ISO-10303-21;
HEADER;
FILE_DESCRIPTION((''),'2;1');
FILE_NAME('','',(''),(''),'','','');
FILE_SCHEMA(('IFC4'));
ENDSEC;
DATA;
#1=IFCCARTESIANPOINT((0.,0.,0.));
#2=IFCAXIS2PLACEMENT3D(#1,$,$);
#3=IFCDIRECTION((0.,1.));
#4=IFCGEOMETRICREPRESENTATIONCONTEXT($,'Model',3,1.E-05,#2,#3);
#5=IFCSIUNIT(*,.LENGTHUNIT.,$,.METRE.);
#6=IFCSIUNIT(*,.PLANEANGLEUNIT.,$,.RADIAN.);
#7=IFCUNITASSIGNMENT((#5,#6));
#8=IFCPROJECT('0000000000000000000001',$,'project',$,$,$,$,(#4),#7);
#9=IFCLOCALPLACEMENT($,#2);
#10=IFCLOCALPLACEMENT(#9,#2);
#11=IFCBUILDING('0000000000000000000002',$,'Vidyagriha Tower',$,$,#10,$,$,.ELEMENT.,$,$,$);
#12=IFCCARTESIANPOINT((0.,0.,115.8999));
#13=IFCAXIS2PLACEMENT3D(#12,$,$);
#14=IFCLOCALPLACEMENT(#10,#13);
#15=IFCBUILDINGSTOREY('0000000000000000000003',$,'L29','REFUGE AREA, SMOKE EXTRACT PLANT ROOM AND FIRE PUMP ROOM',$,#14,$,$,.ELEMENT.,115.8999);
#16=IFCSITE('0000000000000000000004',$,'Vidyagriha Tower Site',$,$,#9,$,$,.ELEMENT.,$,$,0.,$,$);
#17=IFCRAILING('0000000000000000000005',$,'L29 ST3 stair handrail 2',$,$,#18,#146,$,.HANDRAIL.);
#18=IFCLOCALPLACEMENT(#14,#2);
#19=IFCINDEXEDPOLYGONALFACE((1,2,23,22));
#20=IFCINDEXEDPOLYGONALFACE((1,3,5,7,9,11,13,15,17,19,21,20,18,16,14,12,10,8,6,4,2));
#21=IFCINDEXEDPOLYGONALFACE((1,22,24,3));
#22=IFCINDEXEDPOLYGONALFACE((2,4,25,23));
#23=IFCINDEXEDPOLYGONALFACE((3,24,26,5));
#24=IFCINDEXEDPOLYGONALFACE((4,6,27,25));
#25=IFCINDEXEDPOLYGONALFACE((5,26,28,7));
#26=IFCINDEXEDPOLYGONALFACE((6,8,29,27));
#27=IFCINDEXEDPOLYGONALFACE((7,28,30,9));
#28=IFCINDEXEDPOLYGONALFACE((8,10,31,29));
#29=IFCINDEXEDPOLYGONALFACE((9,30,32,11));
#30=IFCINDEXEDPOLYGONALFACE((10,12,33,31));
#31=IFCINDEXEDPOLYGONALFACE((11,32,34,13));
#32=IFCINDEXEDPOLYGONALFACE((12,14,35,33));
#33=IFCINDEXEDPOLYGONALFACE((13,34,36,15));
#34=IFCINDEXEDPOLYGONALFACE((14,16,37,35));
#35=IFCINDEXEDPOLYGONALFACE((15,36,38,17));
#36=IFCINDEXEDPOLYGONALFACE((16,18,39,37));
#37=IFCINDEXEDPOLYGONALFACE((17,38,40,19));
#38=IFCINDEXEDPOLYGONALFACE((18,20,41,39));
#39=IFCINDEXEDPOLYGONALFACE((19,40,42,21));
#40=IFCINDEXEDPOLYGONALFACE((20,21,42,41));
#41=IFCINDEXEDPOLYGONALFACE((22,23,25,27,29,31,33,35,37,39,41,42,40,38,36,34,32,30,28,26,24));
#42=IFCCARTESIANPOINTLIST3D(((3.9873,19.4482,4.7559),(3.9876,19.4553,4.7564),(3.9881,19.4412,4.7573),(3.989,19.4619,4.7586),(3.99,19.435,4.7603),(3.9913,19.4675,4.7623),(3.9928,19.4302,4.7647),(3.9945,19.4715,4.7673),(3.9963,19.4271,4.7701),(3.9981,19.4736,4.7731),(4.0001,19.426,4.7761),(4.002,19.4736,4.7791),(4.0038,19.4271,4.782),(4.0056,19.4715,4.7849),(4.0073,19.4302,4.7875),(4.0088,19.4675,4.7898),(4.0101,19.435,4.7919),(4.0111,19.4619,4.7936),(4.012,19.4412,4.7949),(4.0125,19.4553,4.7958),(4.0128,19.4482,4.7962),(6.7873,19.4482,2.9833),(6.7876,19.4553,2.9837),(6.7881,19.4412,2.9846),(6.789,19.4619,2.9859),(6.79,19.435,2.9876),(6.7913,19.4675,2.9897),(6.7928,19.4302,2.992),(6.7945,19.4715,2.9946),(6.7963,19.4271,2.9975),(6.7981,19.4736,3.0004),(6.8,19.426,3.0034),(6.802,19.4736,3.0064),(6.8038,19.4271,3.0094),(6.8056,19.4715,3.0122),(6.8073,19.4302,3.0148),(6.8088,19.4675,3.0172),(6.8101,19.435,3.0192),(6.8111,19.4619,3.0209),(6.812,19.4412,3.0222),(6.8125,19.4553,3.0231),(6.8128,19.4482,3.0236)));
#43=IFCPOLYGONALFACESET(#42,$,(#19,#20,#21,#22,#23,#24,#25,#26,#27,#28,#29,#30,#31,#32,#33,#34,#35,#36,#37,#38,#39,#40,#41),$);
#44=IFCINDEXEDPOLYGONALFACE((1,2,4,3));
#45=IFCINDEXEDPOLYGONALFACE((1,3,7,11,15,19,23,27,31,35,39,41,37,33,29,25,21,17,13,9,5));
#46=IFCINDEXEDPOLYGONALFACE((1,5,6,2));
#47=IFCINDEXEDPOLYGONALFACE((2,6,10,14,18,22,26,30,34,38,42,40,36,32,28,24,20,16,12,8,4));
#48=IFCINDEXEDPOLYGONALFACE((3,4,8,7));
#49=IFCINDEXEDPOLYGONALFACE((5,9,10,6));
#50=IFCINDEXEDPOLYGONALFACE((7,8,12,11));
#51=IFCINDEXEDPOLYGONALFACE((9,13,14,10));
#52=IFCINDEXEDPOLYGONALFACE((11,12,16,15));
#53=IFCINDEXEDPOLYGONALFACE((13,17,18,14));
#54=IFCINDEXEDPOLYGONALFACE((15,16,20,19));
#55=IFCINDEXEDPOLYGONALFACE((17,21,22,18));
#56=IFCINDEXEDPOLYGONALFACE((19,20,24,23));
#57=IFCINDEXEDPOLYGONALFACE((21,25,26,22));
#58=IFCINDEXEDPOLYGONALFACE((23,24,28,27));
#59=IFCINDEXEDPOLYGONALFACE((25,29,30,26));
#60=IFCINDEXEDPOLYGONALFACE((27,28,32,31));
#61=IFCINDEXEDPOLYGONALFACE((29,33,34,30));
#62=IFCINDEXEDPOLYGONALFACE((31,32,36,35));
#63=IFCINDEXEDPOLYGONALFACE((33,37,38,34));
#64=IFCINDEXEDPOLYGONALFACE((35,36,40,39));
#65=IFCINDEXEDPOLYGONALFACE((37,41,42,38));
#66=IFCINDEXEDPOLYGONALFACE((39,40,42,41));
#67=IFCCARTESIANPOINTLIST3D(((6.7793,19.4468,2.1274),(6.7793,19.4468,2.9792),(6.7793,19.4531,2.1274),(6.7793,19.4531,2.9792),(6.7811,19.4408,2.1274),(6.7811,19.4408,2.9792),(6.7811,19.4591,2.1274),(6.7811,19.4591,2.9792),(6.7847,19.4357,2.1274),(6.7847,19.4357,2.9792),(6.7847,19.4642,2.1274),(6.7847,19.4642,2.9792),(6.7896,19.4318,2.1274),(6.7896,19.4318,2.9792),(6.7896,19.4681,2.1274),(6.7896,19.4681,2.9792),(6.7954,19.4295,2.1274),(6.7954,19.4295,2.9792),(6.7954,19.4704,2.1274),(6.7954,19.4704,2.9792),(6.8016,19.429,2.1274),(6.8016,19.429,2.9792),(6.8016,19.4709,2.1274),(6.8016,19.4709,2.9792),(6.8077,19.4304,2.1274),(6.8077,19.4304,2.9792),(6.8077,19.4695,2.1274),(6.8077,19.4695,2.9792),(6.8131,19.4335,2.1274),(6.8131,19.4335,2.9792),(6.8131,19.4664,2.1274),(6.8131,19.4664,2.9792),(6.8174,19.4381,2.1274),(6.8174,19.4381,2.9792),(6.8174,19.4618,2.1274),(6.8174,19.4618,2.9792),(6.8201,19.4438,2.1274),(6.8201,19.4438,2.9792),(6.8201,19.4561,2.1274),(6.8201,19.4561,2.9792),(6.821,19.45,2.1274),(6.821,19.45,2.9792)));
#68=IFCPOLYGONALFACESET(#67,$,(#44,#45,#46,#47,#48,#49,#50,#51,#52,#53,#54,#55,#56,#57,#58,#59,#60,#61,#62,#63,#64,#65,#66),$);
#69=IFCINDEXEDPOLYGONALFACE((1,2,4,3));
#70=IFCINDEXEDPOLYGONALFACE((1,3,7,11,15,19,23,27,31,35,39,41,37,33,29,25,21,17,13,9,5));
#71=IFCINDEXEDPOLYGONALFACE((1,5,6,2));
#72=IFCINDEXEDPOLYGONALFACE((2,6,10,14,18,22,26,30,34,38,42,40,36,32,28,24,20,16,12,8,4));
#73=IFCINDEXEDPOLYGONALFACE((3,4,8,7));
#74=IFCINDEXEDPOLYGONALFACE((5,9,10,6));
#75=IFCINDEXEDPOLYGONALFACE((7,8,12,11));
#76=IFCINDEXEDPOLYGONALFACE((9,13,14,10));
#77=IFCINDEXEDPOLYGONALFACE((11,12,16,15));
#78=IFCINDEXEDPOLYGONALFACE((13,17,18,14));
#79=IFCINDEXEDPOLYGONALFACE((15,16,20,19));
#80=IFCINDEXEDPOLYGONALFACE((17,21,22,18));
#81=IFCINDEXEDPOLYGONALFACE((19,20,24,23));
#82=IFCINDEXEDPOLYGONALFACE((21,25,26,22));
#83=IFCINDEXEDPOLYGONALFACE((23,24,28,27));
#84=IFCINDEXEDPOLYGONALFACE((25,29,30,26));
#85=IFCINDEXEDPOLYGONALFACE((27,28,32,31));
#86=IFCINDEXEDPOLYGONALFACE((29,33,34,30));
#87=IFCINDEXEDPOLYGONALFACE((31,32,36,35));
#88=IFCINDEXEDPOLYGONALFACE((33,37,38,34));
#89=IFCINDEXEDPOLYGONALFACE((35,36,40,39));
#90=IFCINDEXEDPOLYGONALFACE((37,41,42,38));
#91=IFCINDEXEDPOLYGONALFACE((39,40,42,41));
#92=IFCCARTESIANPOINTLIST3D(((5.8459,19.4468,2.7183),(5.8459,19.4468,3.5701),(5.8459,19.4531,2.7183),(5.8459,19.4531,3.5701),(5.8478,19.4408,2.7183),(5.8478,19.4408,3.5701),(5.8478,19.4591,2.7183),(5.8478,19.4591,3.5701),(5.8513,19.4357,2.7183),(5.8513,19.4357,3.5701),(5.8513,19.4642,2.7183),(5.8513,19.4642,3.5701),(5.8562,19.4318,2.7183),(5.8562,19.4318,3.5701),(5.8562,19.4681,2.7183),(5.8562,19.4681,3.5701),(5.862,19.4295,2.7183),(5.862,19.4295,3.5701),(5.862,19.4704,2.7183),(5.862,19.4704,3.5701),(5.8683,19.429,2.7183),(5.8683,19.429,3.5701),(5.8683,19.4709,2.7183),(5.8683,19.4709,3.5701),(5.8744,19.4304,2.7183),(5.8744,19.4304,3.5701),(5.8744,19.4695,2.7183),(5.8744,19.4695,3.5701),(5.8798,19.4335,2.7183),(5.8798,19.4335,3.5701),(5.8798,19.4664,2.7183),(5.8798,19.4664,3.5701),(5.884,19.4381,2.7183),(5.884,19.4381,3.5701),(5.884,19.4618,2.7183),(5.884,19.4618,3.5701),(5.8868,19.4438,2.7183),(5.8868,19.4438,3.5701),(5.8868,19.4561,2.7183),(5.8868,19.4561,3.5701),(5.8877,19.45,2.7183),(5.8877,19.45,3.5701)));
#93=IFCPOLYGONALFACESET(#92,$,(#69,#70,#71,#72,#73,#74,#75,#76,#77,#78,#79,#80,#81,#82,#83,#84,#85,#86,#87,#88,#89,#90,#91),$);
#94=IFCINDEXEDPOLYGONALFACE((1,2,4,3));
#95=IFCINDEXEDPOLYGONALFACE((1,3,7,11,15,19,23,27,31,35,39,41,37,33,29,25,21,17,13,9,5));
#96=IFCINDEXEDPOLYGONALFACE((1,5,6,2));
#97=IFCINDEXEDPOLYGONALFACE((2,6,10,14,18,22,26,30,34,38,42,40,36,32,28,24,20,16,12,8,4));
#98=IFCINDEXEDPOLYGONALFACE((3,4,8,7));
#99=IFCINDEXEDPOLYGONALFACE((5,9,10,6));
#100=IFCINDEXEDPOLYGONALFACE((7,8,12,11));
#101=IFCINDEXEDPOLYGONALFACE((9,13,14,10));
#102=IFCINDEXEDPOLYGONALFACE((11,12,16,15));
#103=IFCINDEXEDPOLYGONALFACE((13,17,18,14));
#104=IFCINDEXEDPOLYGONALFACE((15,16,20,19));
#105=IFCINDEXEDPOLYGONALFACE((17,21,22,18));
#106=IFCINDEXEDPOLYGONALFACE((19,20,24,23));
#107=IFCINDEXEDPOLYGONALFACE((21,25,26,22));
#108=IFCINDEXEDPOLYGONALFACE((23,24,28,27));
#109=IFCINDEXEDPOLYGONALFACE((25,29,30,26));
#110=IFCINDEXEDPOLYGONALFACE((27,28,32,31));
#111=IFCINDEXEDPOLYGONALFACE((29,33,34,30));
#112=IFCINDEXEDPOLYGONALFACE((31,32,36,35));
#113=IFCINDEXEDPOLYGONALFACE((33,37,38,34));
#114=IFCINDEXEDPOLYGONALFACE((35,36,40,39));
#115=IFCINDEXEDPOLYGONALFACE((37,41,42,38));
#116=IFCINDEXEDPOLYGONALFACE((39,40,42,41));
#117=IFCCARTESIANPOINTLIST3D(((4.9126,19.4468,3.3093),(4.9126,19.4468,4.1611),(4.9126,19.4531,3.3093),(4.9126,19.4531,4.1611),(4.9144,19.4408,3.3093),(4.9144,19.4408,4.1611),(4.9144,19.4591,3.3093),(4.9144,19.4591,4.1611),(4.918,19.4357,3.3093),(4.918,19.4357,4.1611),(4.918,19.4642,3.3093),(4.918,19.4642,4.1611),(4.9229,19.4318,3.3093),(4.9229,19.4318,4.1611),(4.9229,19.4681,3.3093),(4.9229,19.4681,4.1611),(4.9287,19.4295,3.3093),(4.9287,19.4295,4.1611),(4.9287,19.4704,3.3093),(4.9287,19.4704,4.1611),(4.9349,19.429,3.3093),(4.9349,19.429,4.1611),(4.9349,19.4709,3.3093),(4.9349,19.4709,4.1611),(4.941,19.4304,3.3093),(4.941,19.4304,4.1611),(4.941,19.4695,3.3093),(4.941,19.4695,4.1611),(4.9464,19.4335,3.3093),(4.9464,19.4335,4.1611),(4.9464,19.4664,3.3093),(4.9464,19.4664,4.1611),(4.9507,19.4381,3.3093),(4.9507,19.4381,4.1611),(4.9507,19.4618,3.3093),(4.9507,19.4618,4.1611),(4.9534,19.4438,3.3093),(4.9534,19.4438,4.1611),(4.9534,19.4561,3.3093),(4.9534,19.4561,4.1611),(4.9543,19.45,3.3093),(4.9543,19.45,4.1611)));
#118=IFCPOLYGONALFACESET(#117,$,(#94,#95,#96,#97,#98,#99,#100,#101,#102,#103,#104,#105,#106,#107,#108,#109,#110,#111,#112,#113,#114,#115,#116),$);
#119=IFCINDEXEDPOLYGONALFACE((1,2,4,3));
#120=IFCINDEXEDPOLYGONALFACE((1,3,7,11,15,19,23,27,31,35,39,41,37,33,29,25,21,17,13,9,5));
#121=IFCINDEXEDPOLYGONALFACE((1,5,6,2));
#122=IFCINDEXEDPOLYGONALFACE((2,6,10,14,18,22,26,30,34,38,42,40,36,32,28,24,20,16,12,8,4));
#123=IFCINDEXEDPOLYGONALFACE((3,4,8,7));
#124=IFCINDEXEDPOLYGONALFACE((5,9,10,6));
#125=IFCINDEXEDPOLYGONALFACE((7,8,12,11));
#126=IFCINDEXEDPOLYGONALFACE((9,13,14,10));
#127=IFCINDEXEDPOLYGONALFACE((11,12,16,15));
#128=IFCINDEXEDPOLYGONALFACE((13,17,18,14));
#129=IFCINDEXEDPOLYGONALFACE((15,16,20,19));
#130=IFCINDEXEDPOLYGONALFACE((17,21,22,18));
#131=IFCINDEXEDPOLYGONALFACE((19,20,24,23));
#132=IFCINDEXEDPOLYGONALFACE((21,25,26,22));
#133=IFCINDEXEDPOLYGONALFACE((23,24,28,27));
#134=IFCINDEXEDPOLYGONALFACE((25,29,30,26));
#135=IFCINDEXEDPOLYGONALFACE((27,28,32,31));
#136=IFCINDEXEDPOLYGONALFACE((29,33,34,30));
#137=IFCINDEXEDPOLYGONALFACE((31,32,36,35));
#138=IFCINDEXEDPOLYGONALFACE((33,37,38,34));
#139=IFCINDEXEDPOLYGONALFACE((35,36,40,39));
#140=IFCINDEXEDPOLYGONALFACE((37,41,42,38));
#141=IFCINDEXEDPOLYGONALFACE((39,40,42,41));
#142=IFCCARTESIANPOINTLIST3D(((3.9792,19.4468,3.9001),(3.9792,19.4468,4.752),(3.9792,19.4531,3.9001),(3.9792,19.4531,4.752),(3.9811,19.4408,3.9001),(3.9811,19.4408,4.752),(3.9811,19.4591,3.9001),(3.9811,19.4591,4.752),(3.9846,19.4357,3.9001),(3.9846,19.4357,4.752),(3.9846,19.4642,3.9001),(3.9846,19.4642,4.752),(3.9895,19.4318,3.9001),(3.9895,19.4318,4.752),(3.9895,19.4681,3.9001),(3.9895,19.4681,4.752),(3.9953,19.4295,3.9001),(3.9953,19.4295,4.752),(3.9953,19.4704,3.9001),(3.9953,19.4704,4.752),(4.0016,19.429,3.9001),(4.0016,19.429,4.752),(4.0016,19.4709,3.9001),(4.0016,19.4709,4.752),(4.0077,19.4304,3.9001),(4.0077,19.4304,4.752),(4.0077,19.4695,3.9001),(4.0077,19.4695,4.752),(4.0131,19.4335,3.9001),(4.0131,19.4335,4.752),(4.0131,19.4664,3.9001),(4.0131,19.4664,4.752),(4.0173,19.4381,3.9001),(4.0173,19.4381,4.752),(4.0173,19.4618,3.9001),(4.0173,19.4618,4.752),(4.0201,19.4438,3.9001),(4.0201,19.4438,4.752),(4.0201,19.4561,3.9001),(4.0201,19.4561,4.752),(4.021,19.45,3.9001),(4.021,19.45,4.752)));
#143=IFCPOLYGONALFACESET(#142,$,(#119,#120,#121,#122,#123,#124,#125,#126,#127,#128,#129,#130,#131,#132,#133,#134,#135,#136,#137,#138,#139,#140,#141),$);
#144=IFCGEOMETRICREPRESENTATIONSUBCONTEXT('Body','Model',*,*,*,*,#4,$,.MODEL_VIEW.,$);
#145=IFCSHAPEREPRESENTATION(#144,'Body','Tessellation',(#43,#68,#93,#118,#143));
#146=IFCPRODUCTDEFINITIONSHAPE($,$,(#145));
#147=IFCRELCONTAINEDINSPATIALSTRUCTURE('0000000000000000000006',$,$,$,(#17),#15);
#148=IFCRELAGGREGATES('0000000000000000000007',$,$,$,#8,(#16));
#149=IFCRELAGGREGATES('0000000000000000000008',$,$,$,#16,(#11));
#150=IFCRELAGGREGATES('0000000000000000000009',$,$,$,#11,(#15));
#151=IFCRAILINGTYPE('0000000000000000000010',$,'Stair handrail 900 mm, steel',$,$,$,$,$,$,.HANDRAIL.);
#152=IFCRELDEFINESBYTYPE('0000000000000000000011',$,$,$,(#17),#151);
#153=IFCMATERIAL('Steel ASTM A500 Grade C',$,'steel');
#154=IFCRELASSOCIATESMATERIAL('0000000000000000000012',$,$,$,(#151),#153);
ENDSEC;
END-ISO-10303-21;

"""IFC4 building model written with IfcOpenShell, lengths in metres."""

from ifc_helpers import new_model, si_unit, direction, frame, origin, origin_2d, place, context, subcontext, project, spatial, circle, extrude, material, type_object, element, save


model = new_model("IFC4")

# Units and contexts
model_context = context("Model", 3, precision=1e-05, world=origin(), true_north=direction((0.0, 1.0)))
body_context = subcontext(model_context, "Body", "Model", "MODEL_VIEW")
ifc_project = project(units=[si_unit("LENGTHUNIT", "METRE"), si_unit("PLANEANGLEUNIT", "RADIAN")], contexts=[model_context])

# Site, building, storey
site_placement = place(None, origin())
site = spatial("IfcSite", under=ifc_project, at=site_placement, Name="Vidyagriha Tower Site", CompositionType="ELEMENT", RefElevation=0.0)
building_placement = place(site_placement, origin())
building = spatial("IfcBuilding", under=site, at=building_placement, Name="Vidyagriha Tower", CompositionType="ELEMENT")
storey_placement = place(building_placement, frame((0.0, 0.0, 115.8999)))
storey = spatial("IfcBuildingStorey", under=building, at=storey_placement, Name="L29", Description="REFUGE AREA, SMOKE EXTRACT PLANT ROOM AND FIRE PUMP ROOM", CompositionType="ELEMENT", Elevation=115.8999)

# Railing
ifc_material_1 = material(Name="Steel ASTM A500 Grade C", Category="steel")
railing_type_1 = type_object("IfcRailingType", Name="Stair handrail 900 mm, steel", PredefinedType="HANDRAIL", material=ifc_material_1)
railing_1_placement = place(storey_placement, frame((6.8, 19.45, 2.1274)))
element("IfcRailing", 1, at=railing_1_placement, inside=storey, type_object=railing_type_1, Name="L29 ST3 stair handrail 2", PredefinedType="HANDRAIL", context=body_context, shape_type="SweptSolid", body=[
    extrude(circle(Radius=0.0239, at=origin_2d()), frame((0.0, 0.0, 0.876), z_axis=(-0.844909, 0.0, 0.53491), x_axis=(0.0, -1.0, 0.0)), (0.0, 0.0, 1.0), 3.314),
    extrude(circle(Radius=0.021, at=origin_2d()), origin(), (0.0, 0.0, 1.0), 0.8518),
    extrude(circle(Radius=0.021, at=origin_2d()), frame((-0.9333, 0.0, 0.5908)), (0.0, 0.0, 1.0), 0.8518),
    extrude(circle(Radius=0.021, at=origin_2d()), frame((-1.8667, 0.0, 1.1819)), (0.0, 0.0, 1.0), 0.8518),
    extrude(circle(Radius=0.021, at=origin_2d()), frame((-2.8, 0.0, 1.7727)), (0.0, 0.0, 1.0), 0.8518),
])

save(model, "model.ifc")
